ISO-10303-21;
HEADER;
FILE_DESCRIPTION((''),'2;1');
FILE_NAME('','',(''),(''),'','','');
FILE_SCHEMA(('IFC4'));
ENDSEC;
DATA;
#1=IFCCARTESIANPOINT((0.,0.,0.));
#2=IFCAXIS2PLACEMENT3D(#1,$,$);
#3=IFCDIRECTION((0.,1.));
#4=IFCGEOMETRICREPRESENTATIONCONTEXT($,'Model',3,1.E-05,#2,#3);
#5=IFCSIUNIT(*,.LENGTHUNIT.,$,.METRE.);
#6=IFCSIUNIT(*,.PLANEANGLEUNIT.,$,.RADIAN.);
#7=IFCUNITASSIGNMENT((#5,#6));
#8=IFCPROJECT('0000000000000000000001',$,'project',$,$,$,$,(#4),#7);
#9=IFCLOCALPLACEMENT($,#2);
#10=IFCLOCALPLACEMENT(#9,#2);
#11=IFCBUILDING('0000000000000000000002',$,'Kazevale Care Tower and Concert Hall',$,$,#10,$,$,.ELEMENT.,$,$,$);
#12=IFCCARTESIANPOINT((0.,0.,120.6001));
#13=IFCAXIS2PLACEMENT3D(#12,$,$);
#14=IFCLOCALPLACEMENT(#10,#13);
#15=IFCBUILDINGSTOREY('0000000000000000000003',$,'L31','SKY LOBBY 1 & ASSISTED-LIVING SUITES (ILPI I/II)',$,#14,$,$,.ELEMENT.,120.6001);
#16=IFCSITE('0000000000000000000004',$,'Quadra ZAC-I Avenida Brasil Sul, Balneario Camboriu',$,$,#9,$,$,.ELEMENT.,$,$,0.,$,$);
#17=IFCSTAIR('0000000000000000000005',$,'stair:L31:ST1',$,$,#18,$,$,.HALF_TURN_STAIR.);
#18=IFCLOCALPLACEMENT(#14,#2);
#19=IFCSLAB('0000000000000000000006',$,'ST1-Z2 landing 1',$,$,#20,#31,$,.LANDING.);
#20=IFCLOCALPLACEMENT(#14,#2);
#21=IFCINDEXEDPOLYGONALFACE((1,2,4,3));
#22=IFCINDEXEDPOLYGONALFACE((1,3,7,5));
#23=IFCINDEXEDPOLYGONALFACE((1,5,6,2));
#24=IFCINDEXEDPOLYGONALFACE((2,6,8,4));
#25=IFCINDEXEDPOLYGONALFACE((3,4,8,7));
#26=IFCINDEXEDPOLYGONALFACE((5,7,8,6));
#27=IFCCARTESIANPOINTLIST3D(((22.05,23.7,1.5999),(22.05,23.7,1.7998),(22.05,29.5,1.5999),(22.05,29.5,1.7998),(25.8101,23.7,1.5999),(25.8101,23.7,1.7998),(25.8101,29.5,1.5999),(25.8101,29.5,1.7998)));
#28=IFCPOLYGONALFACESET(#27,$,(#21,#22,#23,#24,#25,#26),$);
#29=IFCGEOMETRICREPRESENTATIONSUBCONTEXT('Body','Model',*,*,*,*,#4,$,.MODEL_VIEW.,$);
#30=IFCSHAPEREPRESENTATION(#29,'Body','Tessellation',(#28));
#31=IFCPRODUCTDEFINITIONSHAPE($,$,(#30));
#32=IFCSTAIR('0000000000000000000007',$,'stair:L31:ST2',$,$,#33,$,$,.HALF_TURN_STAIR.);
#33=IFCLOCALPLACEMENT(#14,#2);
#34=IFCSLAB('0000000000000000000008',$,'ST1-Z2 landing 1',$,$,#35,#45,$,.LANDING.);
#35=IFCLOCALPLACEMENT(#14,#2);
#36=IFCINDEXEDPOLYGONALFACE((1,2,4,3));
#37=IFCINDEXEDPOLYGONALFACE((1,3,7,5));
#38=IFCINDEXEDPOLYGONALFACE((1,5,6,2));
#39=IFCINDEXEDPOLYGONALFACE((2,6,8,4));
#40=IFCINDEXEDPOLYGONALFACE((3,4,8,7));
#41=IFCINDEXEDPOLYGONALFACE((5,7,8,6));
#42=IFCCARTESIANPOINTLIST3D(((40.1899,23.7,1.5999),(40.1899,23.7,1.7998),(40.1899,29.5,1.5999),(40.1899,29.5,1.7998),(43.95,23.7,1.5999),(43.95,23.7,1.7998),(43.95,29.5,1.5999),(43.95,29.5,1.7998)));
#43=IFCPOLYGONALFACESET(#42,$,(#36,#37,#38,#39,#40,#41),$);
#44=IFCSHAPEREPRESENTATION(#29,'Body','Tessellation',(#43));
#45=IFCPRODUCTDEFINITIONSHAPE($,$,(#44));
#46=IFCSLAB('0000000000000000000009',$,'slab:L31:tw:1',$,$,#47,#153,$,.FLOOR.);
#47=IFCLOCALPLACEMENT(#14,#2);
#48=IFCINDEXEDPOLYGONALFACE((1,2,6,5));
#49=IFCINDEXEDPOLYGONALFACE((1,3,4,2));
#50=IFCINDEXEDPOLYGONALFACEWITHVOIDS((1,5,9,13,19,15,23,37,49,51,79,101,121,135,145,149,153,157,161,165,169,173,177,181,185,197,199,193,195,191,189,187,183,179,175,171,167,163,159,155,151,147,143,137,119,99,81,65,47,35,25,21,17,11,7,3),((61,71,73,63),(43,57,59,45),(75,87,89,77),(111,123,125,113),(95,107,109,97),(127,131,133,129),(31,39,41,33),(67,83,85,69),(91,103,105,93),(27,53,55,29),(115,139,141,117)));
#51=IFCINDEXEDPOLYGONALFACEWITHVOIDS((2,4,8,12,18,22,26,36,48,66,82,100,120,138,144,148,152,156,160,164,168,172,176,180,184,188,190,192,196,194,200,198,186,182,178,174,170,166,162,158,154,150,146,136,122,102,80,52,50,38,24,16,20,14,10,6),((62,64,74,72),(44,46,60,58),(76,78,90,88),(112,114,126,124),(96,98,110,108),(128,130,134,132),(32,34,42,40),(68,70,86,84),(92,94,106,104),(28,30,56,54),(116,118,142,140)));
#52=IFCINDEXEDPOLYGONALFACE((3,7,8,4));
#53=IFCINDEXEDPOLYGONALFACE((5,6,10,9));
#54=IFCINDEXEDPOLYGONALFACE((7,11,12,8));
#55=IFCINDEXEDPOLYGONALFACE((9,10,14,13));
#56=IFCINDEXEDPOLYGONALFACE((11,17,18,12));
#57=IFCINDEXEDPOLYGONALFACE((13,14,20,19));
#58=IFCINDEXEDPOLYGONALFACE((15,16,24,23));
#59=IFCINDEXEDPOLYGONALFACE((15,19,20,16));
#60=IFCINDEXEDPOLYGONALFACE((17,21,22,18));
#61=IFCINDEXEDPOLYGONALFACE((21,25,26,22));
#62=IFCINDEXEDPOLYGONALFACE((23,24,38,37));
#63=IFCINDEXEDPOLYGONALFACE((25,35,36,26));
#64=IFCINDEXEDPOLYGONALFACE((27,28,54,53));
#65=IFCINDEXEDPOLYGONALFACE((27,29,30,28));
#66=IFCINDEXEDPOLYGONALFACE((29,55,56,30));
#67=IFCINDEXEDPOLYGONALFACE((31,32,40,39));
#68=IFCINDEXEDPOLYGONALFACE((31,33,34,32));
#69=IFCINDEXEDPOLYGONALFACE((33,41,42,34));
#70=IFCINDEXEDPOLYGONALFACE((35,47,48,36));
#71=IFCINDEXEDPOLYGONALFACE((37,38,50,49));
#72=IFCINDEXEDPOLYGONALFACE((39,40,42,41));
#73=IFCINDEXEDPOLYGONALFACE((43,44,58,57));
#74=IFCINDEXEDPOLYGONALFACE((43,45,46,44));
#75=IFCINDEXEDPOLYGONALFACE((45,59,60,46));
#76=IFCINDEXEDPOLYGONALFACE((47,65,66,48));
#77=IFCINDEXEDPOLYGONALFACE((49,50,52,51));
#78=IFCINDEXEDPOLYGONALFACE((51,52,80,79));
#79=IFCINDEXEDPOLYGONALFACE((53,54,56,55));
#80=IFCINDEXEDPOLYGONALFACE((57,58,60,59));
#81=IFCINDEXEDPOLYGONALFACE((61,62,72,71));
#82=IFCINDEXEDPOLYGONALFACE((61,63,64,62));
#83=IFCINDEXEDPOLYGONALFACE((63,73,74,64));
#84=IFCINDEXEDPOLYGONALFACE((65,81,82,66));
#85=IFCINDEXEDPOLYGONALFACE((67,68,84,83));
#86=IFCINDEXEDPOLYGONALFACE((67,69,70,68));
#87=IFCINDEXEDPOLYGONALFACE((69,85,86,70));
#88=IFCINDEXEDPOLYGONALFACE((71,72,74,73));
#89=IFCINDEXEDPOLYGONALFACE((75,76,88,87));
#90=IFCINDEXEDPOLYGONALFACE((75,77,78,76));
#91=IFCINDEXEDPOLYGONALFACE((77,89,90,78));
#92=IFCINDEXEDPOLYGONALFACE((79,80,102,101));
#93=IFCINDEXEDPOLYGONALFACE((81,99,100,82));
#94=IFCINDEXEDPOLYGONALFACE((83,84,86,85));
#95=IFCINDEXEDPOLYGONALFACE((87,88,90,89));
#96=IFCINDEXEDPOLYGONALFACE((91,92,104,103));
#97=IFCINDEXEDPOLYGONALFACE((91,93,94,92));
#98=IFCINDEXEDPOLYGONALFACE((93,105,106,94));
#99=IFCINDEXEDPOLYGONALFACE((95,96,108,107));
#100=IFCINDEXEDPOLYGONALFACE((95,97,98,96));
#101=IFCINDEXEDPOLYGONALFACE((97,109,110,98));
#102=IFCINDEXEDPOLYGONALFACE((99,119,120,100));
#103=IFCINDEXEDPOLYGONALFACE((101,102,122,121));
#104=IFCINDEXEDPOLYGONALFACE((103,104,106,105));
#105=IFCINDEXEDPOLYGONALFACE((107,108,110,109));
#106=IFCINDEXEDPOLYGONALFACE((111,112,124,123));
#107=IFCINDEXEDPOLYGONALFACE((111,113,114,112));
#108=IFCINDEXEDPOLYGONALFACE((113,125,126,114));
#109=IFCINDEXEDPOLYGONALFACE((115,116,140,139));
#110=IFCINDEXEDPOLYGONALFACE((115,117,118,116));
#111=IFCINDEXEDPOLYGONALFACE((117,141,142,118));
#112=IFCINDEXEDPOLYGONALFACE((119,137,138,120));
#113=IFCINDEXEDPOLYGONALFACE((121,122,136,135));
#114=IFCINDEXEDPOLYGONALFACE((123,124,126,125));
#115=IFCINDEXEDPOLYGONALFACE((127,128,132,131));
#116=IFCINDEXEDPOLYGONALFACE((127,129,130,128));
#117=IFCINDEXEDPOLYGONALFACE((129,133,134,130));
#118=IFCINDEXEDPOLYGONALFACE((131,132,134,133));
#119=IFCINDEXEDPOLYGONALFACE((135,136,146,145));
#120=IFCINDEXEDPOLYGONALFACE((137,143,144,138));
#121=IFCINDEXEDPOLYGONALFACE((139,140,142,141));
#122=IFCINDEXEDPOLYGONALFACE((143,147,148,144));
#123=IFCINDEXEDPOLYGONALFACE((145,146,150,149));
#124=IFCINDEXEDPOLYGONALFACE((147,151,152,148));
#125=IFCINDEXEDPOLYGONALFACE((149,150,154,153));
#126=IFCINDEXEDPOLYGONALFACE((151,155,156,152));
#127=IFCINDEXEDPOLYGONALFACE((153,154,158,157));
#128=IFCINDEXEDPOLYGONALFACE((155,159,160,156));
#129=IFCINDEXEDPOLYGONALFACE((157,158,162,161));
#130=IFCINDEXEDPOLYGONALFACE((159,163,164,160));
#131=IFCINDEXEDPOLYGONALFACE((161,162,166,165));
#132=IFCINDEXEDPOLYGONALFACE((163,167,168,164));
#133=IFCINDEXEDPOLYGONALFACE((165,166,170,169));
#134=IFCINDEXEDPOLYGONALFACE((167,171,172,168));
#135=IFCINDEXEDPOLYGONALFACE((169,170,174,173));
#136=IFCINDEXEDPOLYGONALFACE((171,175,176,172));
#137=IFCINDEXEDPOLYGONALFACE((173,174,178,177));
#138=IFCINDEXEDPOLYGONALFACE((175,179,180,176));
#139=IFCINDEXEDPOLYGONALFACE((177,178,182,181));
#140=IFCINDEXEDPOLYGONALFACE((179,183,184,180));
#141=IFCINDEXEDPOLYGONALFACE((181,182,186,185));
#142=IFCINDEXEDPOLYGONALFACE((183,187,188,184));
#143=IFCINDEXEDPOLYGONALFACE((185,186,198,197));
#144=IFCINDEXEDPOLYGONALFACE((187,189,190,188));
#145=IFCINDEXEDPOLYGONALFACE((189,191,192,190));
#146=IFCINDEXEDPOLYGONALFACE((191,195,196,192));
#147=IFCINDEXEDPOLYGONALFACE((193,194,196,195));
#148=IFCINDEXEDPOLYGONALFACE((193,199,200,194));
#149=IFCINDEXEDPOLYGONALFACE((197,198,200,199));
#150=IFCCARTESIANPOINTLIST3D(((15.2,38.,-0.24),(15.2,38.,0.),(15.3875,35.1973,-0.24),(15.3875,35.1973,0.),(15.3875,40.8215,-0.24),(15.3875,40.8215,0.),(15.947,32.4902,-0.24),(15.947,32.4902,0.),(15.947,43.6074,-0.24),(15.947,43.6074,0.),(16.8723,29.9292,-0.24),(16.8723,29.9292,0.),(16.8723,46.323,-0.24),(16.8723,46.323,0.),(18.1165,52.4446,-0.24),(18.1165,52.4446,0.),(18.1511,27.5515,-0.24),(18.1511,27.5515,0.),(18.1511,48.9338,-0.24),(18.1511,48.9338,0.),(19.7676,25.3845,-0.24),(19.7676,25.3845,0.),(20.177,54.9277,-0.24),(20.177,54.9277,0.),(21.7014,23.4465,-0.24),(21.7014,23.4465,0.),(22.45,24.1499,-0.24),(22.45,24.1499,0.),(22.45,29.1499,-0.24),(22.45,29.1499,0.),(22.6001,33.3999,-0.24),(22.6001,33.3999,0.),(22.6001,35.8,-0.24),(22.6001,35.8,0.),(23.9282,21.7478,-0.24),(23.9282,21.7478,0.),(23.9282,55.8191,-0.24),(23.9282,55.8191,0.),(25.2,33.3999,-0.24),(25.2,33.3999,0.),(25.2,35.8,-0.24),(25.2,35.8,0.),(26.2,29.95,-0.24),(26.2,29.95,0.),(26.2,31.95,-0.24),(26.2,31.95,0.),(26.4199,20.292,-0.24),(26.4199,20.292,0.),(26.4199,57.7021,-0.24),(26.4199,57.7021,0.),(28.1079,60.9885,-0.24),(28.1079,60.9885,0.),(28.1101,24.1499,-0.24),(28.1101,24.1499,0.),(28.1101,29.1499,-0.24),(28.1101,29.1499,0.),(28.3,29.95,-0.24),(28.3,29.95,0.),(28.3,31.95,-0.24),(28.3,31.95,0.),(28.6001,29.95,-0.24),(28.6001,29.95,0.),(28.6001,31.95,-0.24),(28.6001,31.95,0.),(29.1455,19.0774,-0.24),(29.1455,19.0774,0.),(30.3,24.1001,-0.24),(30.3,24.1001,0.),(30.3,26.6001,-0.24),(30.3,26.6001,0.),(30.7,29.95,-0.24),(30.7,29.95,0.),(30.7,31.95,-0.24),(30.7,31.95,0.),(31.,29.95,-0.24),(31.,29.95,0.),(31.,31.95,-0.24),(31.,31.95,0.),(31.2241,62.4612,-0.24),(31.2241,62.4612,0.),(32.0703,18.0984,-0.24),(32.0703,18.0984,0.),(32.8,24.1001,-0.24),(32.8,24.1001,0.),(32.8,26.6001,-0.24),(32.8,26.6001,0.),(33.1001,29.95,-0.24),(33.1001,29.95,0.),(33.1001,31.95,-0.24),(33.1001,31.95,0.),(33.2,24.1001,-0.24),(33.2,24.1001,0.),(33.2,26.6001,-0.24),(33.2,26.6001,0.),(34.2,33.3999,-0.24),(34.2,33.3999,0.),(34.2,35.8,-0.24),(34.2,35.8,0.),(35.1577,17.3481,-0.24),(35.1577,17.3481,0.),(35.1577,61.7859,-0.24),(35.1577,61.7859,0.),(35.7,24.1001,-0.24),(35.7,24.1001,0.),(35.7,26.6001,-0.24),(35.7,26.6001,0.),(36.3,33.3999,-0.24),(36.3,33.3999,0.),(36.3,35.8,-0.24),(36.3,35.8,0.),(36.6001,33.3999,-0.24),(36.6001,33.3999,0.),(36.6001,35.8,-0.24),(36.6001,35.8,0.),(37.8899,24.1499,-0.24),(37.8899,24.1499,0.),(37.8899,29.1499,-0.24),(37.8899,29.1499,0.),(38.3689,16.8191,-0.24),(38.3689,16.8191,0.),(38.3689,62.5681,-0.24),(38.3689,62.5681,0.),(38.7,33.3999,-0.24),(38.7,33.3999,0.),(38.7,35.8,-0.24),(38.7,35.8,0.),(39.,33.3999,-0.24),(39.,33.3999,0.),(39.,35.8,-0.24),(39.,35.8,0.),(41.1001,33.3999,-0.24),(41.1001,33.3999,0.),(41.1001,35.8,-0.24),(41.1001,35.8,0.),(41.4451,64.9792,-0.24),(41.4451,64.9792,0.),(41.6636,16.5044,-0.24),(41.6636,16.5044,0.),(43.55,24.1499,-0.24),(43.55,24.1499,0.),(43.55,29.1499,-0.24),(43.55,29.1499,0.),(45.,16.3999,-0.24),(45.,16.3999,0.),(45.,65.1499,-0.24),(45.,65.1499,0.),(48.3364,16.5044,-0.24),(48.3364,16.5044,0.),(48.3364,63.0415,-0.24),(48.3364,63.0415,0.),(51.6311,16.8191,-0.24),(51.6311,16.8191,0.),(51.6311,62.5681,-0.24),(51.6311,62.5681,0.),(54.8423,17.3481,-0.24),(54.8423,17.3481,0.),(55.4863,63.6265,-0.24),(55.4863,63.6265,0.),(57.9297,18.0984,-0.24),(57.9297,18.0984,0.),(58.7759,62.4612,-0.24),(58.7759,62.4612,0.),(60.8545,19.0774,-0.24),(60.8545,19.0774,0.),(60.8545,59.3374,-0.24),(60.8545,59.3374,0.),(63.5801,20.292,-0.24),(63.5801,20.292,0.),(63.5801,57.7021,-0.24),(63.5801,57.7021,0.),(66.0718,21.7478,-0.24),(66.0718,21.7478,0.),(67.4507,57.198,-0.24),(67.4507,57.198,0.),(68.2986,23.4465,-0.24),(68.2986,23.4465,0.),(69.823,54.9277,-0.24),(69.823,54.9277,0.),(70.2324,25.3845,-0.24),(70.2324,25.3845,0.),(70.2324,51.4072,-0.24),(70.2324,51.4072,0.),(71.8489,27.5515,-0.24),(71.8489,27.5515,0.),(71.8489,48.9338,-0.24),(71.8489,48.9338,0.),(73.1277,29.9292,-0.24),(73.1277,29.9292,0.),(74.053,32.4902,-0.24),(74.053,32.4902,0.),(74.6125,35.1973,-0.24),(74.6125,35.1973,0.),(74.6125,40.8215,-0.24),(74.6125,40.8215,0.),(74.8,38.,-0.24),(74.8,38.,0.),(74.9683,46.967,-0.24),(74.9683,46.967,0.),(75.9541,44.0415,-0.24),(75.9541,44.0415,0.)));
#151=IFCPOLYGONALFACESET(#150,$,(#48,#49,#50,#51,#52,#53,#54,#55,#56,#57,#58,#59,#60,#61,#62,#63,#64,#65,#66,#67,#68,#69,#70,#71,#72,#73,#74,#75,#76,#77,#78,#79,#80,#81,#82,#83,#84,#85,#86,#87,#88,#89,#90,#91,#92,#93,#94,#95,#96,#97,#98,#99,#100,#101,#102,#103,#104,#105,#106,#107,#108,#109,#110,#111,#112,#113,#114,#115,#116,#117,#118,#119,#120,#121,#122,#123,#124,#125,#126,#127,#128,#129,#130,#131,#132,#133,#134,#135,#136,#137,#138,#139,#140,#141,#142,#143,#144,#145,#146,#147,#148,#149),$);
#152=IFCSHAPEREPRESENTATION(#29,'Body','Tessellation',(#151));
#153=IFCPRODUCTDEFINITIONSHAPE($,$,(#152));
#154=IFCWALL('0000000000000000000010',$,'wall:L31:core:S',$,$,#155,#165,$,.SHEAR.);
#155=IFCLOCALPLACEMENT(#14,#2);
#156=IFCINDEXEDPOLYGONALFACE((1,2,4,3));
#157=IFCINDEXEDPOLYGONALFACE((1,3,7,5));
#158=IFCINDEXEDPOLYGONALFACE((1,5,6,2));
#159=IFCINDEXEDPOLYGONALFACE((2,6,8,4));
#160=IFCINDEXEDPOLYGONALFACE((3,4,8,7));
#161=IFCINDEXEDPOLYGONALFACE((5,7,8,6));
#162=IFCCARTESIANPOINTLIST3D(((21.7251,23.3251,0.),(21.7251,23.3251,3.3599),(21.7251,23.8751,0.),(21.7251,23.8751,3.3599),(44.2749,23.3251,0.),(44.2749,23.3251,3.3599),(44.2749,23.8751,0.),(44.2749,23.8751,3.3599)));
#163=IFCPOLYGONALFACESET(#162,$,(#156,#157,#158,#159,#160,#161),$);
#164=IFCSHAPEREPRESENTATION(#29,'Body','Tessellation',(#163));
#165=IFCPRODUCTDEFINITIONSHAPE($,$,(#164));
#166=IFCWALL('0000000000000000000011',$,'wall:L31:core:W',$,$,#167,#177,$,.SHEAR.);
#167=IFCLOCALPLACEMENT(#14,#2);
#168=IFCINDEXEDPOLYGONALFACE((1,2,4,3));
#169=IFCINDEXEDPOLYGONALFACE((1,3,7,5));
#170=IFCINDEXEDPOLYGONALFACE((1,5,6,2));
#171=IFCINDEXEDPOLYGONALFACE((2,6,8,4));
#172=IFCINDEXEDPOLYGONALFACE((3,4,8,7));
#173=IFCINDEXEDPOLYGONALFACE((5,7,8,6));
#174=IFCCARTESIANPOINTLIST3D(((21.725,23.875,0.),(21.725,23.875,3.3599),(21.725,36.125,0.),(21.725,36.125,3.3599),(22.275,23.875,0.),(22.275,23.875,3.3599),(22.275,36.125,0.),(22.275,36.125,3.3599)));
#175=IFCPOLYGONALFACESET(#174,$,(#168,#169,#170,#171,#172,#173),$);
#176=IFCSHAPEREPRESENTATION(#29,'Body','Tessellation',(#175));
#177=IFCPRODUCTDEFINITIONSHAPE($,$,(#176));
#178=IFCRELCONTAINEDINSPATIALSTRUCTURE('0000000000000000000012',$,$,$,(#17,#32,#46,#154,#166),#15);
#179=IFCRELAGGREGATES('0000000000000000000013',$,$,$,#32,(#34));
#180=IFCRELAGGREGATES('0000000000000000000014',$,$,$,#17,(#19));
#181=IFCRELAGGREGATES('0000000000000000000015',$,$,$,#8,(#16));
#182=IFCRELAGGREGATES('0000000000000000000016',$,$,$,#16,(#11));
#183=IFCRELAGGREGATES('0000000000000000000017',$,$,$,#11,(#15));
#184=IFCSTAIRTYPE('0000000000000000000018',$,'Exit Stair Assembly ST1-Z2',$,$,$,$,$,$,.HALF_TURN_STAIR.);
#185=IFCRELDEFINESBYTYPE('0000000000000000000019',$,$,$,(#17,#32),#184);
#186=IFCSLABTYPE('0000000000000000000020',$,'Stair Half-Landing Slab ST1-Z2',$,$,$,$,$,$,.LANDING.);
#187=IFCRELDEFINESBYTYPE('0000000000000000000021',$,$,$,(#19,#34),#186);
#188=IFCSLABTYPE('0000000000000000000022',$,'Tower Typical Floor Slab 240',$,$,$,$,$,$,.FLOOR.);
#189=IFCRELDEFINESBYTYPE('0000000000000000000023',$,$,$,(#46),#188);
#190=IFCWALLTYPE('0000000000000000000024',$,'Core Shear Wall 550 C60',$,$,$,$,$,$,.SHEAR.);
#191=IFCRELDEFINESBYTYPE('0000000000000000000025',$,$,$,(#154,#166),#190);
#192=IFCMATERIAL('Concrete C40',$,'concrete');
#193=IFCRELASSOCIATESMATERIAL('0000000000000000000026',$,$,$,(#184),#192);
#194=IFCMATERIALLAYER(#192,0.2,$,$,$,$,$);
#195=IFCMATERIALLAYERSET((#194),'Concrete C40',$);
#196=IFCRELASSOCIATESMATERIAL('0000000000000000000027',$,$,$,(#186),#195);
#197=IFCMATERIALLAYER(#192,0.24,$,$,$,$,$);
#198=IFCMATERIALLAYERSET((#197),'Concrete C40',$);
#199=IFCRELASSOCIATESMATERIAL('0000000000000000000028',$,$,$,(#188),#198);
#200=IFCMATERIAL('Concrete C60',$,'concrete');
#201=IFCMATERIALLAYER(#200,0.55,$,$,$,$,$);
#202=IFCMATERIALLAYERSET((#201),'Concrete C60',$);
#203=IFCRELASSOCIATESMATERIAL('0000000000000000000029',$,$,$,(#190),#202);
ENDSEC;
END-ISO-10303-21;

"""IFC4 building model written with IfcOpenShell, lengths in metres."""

from ifc_helpers import new_model, si_unit, direction, frame, frame_2d, origin, place, context, subcontext, project, spatial, polyline, rectangle, outline, extrude, material, layer, layer_set, type_object, element, aggregate, save


model = new_model("IFC4")

# Units and contexts
model_context = context("Model", 3, precision=1e-05, world=origin(), true_north=direction((0.0, 1.0)))
body_context = subcontext(model_context, "Body", "Model", "MODEL_VIEW")
ifc_project = project(units=[si_unit("LENGTHUNIT", "METRE"), si_unit("PLANEANGLEUNIT", "RADIAN")], contexts=[model_context])

# Site, building, storey
site_placement = place(None, origin())
site = spatial("IfcSite", under=ifc_project, at=site_placement, Name="Quadra ZAC-I Avenida Brasil Sul, Balneario Camboriu", CompositionType="ELEMENT", RefElevation=0.0)
building_placement = place(site_placement, origin())
building = spatial("IfcBuilding", under=site, at=building_placement, Name="Kazevale Care Tower and Concert Hall", CompositionType="ELEMENT")
storey_placement = place(building_placement, frame((0.0, 0.0, 120.6001)))
storey = spatial("IfcBuildingStorey", under=building, at=storey_placement, Name="L31", Description="SKY LOBBY 1 & ASSISTED-LIVING SUITES (ILPI I/II)", CompositionType="ELEMENT", Elevation=120.6001)

# Shared definitions
ifc_material_1 = material(Name="Concrete C60", Category="concrete")

# Shared definitions
ifc_material_2 = material(Name="Concrete C40", Category="concrete")

# Stairs, slabs
stair_type = type_object("IfcStairType", Name="Exit Stair Assembly ST1-Z2", PredefinedType="HALF_TURN_STAIR", material=ifc_material_2)
stair_1_placement = place(storey_placement, origin())
stair_1 = element("IfcStair", 1, at=stair_1_placement, inside=storey, type_object=stair_type, Name="stair:L31:ST1", PredefinedType="HALF_TURN_STAIR")
ifc_layer_1 = layer(ifc_material_2, 0.2)
ifc_layer_set_1 = layer_set([ifc_layer_1], Name="Concrete C40")
slab_type_1 = type_object("IfcSlabType", Name="Stair Half-Landing Slab ST1-Z2", PredefinedType="LANDING", material=ifc_layer_set_1)
slab_1_placement = place(storey_placement, frame((0.0, 0.0, 1.5999)))
slab_1 = element("IfcSlab", 2, at=slab_1_placement, type_object=slab_type_1, Name="ST1-Z2 landing 1", PredefinedType="LANDING", context=body_context, shape_type="SweptSolid", body=[
    extrude(outline(polyline([(22.05, 23.7), (25.8101, 23.7), (25.8101, 29.5), (22.05, 29.5), (22.05, 23.7)])), origin(), (0.0, 0.0, 1.0), 0.2),
])
stair_2_placement = place(storey_placement, origin())
stair_2 = element("IfcStair", 3, at=stair_2_placement, inside=storey, type_object=stair_type, Name="stair:L31:ST2", PredefinedType="HALF_TURN_STAIR")
slab_2_placement = place(storey_placement, frame((0.0, 0.0, 1.5999)))
slab_2 = element("IfcSlab", 4, at=slab_2_placement, type_object=slab_type_1, Name="ST1-Z2 landing 1", PredefinedType="LANDING", context=body_context, shape_type="SweptSolid", body=[
    extrude(outline(polyline([(40.1899, 23.7), (43.95, 23.7), (43.95, 29.5), (40.1899, 29.5), (40.1899, 23.7)])), origin(), (0.0, 0.0, 1.0), 0.2),
])
aggregate(stair_2, [slab_2])

# Slab
ifc_layer_2 = layer(ifc_material_2, 0.24)
ifc_layer_set_2 = layer_set([ifc_layer_2], Name="Concrete C40")
slab_type_2 = type_object("IfcSlabType", Name="Tower Typical Floor Slab 240", PredefinedType="FLOOR", material=ifc_layer_set_2)
slab_3_placement = place(storey_placement, frame((0.0, 0.0, -0.24)))
element("IfcSlab", 5, at=slab_3_placement, inside=storey, type_object=slab_type_2, Name="slab:L31:tw:1", PredefinedType="FLOOR", context=body_context, shape_type="SweptSolid", body=[
    extrude(outline(polyline([(74.8, 38.0), (74.6125, 40.8215), (75.9541, 44.0415), (74.9683, 46.967), (71.8489, 48.9338), (70.2324, 51.4072), (69.823, 54.9277), (67.4507, 57.198), (63.5801, 57.7021), (60.8545, 59.3374), (58.7759, 62.4612), (55.4863, 63.6265), (51.6311, 62.5681), (48.3364, 63.0415), (45.0, 65.1499), (41.4451, 64.9792), (38.3689, 62.5681), (35.1577, 61.7859), (31.2241, 62.4612), (28.1079, 60.9885), (26.4199, 57.7021), (23.9282, 55.8191), (20.177, 54.9277), (18.1165, 52.4446), (18.1511, 48.9338), (16.8723, 46.323), (15.947, 43.6074), (15.3875, 40.8215), (15.2, 38.0), (15.3875, 35.1973), (15.947, 32.4902), (16.8723, 29.9292), (18.1511, 27.5515), (19.7676, 25.3845), (21.7014, 23.4465), (23.9282, 21.7478), (26.4199, 20.292), (29.1455, 19.0774), (32.0703, 18.0984), (35.1577, 17.3481), (38.3689, 16.8191), (41.6636, 16.5044), (45.0, 16.3999), (48.3364, 16.5044), (51.6311, 16.8191), (54.8423, 17.3481), (57.9297, 18.0984), (60.8545, 19.0774), (63.5801, 20.292), (66.0718, 21.7478), (68.2986, 23.4465), (70.2324, 25.3845), (71.8489, 27.5515), (73.1277, 29.9292), (74.053, 32.4902), (74.6125, 35.1973), (74.8, 38.0)]), holes=[polyline([(22.45, 24.1499), (28.1101, 24.1499), (28.1101, 29.1499), (22.45, 29.1499), (22.45, 24.1499)]), polyline([(37.8899, 24.1499), (43.55, 24.1499), (43.55, 29.1499), (37.8899, 29.1499), (37.8899, 24.1499)]), polyline([(30.3, 24.1001), (32.8, 24.1001), (32.8, 26.6001), (30.3, 26.6001), (30.3, 24.1001)]), polyline([(33.2, 24.1001), (35.7, 24.1001), (35.7, 26.6001), (33.2, 26.6001), (33.2, 24.1001)]), polyline([(22.6001, 33.3999), (25.2, 33.3999), (25.2, 35.8), (22.6001, 35.8), (22.6001, 33.3999)]), polyline([(34.2, 33.3999), (36.3, 33.3999), (36.3, 35.8), (34.2, 35.8), (34.2, 33.3999)]), polyline([(36.6001, 33.3999), (38.7, 33.3999), (38.7, 35.8), (36.6001, 35.8), (36.6001, 33.3999)]), polyline([(39.0, 33.3999), (41.1001, 33.3999), (41.1001, 35.8), (39.0, 35.8), (39.0, 33.3999)]), polyline([(26.2, 29.95), (28.3, 29.95), (28.3, 31.95), (26.2, 31.95), (26.2, 29.95)]), polyline([(28.6001, 29.95), (30.7, 29.95), (30.7, 31.95), (28.6001, 31.95), (28.6001, 29.95)]), polyline([(31.0, 29.95), (33.1001, 29.95), (33.1001, 31.95), (31.0, 31.95), (31.0, 29.95)])]), origin(), (0.0, 0.0, 1.0), 0.24),
])

# Walls
ifc_layer_3 = layer(ifc_material_1, 0.55)
ifc_layer_set_3 = layer_set([ifc_layer_3], Name="Concrete C60")
wall_type_1 = type_object("IfcWallType", Name="Core Shear Wall 550 C60", PredefinedType="SHEAR", material=ifc_layer_set_3)
wall_1_placement = place(storey_placement, frame((21.7251, 23.6001, 0.0), z_axis=(0.0, 0.0, 1.0), x_axis=(1.0, 0.0, 0.0)))
element("IfcWall", 6, at=wall_1_placement, inside=storey, type_object=wall_type_1, Name="wall:L31:core:S", PredefinedType="SHEAR", context=body_context, shape_type="SweptSolid", body=[
    extrude(rectangle(XDim=22.5498, YDim=0.55, at=frame_2d((11.2749, 0.0))), origin(), (0.0, 0.0, 1.0), 3.3599),
])
wall_2_placement = place(storey_placement, frame((22.0, 23.875, 0.0), z_axis=(0.0, 0.0, 1.0), x_axis=(0.0, 1.0, 0.0)))
element("IfcWall", 7, at=wall_2_placement, inside=storey, type_object=wall_type_1, Name="wall:L31:core:W", PredefinedType="SHEAR", context=body_context, shape_type="SweptSolid", body=[
    extrude(rectangle(XDim=12.25, YDim=0.55, at=frame_2d((6.125, 0.0))), origin(), (0.0, 0.0, 1.0), 3.3599),
])

aggregate(stair_1, [slab_1])

save(model, "model.ifc")
